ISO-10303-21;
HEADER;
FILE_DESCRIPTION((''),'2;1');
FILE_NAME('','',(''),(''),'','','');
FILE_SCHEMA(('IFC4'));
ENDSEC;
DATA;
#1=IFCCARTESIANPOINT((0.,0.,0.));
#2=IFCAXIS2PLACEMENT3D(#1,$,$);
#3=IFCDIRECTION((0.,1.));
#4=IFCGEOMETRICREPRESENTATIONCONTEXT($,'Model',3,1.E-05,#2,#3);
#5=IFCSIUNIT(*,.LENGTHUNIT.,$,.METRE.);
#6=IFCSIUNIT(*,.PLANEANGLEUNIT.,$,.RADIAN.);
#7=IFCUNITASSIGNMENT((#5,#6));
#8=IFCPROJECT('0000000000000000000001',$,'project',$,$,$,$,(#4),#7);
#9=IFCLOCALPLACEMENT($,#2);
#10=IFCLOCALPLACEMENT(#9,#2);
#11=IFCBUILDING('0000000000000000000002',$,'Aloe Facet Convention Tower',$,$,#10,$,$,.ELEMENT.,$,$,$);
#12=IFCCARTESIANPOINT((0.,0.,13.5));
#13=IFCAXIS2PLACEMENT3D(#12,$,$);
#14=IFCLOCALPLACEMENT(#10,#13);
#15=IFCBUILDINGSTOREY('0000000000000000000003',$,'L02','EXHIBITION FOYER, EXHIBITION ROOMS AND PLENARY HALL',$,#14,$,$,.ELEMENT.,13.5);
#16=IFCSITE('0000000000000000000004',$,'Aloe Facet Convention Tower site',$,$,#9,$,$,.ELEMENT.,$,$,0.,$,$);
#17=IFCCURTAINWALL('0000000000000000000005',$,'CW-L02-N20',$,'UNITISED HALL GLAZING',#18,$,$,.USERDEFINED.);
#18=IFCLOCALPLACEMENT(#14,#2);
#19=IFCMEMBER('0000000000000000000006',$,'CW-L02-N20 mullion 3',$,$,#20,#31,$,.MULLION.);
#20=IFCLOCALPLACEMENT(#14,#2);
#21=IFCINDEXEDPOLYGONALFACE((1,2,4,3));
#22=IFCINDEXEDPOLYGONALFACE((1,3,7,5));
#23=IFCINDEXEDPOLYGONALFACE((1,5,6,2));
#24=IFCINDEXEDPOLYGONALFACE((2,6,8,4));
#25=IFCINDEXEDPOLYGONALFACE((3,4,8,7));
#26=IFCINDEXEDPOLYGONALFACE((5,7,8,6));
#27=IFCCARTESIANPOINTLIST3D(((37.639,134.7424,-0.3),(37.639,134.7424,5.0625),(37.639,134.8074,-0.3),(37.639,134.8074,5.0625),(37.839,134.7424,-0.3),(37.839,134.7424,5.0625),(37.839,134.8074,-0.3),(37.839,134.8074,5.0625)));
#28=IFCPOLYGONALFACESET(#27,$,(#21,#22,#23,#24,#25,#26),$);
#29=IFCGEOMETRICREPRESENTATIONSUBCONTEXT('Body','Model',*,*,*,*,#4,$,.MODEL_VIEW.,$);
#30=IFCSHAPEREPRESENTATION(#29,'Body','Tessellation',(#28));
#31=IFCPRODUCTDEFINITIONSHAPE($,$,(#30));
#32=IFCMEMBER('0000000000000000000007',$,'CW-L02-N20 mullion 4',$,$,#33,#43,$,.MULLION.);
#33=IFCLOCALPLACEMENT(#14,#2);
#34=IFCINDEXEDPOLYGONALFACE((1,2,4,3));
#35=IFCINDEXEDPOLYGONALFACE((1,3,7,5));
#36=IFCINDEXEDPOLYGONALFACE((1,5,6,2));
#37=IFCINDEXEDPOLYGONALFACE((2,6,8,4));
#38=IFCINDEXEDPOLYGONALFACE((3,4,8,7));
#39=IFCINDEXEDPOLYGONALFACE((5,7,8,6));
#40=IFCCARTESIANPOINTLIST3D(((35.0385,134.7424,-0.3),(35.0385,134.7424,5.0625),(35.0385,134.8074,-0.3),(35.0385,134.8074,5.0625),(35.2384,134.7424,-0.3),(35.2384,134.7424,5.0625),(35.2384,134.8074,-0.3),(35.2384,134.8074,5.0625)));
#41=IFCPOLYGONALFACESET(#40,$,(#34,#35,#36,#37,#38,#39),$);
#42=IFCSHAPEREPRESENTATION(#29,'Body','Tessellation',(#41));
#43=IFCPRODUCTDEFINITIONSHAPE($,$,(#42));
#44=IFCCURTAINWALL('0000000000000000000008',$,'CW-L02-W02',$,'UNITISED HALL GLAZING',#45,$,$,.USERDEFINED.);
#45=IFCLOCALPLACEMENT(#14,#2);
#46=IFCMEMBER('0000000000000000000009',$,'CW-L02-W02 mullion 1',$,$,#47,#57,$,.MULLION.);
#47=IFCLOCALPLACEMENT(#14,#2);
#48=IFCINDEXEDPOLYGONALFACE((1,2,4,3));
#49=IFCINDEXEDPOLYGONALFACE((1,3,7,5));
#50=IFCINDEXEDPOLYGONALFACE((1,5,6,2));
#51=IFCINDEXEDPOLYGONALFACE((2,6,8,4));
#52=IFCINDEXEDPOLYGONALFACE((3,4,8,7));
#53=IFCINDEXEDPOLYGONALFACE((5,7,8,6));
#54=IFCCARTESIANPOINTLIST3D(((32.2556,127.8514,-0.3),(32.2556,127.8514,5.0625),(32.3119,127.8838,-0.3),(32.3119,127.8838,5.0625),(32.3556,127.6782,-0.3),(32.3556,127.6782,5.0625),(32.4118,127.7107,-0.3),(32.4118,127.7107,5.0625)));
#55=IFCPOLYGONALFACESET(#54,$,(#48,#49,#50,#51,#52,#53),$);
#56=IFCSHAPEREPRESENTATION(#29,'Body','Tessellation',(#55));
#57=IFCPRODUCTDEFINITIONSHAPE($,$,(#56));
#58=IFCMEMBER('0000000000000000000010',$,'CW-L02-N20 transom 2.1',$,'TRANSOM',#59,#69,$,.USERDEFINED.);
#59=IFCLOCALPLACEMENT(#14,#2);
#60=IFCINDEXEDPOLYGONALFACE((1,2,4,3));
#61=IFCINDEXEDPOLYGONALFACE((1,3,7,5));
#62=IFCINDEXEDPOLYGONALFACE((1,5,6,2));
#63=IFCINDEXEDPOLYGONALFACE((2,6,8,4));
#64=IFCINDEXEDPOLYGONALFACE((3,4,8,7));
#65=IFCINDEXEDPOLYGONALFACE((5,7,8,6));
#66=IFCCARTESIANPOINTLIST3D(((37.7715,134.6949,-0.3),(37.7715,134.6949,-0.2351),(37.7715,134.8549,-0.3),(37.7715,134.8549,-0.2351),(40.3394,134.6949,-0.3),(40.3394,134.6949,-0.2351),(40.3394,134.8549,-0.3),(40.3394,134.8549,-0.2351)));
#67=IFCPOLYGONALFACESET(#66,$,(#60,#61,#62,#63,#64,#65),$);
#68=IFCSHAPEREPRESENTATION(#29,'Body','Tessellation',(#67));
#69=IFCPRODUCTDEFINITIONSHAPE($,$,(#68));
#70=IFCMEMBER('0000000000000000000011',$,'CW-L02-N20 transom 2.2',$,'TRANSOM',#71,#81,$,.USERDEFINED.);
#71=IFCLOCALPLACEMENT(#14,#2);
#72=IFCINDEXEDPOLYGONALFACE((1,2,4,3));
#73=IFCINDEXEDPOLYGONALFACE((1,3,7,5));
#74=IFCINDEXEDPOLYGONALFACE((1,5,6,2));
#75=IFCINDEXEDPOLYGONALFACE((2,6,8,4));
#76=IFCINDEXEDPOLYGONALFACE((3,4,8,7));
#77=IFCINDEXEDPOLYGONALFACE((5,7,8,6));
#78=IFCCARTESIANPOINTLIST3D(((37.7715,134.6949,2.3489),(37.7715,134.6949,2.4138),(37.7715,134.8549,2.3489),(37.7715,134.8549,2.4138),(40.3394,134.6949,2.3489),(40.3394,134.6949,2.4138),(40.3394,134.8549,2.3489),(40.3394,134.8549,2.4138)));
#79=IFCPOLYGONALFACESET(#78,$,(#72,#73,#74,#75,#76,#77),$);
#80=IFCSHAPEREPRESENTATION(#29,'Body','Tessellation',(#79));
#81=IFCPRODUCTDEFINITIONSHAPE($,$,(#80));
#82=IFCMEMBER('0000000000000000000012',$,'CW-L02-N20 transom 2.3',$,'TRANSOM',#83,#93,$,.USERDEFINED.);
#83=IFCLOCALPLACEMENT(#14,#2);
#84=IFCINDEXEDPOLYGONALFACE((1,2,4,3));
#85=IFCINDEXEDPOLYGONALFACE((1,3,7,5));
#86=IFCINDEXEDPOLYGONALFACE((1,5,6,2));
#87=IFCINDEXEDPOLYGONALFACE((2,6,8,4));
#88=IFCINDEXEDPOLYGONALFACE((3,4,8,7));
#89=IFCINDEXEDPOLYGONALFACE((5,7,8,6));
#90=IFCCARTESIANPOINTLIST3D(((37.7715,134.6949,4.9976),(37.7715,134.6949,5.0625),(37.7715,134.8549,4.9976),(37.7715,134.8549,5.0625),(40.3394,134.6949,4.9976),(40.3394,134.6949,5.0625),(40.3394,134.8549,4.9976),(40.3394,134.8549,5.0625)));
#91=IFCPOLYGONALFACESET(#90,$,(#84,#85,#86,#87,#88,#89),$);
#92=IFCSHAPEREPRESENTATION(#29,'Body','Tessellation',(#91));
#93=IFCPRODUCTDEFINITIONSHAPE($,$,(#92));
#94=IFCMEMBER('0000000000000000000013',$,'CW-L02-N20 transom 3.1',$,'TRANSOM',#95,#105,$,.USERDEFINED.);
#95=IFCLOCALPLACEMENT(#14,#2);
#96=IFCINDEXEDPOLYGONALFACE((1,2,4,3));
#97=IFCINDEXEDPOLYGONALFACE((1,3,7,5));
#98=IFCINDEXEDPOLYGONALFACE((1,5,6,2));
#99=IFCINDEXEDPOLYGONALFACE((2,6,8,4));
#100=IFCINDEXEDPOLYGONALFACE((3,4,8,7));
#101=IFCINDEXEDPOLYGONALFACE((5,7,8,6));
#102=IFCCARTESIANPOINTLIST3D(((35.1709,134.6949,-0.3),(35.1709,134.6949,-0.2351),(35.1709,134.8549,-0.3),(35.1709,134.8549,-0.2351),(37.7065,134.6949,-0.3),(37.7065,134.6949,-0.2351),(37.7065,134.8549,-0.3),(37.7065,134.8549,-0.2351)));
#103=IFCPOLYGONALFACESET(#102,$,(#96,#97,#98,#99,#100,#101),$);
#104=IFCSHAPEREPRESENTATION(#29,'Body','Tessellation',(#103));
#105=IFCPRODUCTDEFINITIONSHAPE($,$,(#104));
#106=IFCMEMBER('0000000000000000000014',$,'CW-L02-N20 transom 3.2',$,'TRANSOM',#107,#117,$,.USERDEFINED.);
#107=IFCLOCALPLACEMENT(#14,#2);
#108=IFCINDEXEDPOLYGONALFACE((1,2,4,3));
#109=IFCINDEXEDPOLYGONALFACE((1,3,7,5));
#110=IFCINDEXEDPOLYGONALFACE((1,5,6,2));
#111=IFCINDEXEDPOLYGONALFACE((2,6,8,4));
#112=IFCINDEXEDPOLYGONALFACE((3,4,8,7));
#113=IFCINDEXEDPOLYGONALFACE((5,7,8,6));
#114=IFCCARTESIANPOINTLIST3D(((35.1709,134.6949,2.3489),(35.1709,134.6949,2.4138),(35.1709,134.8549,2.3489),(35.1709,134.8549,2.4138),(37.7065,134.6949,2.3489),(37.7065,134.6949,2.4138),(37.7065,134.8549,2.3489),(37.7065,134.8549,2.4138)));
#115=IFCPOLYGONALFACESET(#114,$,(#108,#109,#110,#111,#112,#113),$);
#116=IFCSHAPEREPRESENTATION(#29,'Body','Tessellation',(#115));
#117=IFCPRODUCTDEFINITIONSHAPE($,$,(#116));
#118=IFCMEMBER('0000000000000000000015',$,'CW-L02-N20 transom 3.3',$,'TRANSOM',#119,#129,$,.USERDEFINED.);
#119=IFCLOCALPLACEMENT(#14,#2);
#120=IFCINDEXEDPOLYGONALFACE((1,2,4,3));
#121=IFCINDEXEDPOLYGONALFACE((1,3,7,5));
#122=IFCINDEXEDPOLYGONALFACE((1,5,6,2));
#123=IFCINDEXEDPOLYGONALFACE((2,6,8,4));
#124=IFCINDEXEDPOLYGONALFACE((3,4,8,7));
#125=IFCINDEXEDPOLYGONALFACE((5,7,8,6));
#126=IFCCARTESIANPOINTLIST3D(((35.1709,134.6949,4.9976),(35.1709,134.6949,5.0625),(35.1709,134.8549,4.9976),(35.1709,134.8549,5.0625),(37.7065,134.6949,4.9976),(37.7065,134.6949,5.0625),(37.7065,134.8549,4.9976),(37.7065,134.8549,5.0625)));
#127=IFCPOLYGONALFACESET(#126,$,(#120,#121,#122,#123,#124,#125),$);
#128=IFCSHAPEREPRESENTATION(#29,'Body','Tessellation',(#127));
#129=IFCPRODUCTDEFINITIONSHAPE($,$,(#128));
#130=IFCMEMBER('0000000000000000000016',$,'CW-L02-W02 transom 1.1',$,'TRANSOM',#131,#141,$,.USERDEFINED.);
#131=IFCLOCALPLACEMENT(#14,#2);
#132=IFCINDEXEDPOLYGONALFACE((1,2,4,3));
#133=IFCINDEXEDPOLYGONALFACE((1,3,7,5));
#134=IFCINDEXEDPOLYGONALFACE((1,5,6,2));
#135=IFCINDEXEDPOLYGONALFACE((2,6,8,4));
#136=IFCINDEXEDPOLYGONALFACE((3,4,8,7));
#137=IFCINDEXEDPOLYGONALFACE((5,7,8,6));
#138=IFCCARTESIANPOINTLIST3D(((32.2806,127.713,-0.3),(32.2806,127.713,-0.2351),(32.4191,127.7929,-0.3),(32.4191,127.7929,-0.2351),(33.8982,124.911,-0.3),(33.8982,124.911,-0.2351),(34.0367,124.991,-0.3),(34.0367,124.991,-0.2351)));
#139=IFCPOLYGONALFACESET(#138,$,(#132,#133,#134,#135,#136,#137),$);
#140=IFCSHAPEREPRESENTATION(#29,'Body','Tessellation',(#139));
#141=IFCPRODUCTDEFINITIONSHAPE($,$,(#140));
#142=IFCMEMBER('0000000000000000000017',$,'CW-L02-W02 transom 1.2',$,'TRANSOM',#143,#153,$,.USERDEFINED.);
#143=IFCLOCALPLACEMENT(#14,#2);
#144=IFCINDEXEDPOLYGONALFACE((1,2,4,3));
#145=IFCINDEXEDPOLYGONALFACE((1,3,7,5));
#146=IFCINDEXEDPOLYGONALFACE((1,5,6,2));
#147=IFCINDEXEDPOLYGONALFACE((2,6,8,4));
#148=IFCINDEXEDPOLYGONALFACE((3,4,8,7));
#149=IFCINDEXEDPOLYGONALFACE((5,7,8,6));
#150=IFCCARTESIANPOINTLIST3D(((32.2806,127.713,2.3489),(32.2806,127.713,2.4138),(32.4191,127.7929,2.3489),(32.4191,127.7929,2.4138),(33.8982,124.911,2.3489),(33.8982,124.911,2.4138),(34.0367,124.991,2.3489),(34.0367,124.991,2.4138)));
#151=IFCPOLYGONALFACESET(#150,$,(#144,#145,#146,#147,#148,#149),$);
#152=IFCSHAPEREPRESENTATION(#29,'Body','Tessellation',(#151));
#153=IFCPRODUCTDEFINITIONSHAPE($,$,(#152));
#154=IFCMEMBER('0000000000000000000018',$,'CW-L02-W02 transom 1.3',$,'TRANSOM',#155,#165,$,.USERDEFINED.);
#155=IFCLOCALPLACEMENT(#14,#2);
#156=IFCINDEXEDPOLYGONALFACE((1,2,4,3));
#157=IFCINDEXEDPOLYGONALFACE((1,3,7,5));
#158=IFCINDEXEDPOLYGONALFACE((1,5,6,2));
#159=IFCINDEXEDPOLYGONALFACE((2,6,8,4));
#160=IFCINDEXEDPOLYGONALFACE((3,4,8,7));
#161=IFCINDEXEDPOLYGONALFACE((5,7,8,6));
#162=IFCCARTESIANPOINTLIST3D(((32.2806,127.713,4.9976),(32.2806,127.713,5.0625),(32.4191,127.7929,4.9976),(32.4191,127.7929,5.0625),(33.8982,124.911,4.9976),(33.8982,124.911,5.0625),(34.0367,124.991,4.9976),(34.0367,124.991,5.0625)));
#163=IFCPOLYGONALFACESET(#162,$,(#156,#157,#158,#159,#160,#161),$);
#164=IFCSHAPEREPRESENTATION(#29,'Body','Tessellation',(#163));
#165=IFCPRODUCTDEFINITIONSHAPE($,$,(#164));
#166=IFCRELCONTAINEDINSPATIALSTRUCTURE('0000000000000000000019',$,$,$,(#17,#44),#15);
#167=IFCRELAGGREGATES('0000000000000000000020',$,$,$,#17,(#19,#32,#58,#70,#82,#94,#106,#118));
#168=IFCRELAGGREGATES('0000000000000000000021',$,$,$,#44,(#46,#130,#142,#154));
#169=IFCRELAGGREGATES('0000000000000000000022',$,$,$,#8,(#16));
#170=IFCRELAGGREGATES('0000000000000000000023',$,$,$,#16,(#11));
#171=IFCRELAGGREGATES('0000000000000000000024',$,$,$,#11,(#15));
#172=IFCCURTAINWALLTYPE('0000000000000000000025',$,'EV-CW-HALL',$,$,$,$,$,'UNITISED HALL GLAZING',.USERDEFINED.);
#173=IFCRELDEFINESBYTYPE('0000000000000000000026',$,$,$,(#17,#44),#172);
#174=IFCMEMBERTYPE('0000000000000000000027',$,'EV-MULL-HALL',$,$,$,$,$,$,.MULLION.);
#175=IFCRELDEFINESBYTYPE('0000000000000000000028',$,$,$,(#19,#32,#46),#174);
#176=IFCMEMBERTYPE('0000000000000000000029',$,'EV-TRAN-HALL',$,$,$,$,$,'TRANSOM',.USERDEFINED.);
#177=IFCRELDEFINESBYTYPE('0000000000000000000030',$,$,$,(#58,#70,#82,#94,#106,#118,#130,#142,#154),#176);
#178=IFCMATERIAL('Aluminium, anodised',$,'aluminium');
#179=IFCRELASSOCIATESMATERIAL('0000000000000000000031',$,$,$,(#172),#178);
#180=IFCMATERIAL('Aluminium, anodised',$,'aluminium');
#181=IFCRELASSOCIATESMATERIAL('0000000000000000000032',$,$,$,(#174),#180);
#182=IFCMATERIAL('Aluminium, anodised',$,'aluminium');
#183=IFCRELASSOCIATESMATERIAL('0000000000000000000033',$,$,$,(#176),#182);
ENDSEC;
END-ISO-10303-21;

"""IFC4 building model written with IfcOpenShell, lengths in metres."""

from ifc_helpers import new_model, si_unit, direction, frame, origin, origin_2d, place, context, subcontext, project, spatial, rectangle, extrude, material, material_profile, profile_set, type_object, element, aggregate, save


model = new_model("IFC4")

# Units and contexts
model_context = context("Model", 3, precision=1e-05, world=origin(), true_north=direction((0.0, 1.0)))
body_context = subcontext(model_context, "Body", "Model", "MODEL_VIEW")
ifc_project = project(units=[si_unit("LENGTHUNIT", "METRE"), si_unit("PLANEANGLEUNIT", "RADIAN")], contexts=[model_context])

# Site, building, storey
site_placement = place(None, origin())
site = spatial("IfcSite", under=ifc_project, at=site_placement, Name="Aloe Facet Convention Tower site", CompositionType="ELEMENT", RefElevation=0.0)
building_placement = place(site_placement, origin())
building = spatial("IfcBuilding", under=site, at=building_placement, Name="Aloe Facet Convention Tower", CompositionType="ELEMENT")
storey_placement = place(building_placement, frame((0.0, 0.0, 13.5)))
storey = spatial("IfcBuildingStorey", under=building, at=storey_placement, Name="L02", Description="EXHIBITION FOYER, EXHIBITION ROOMS AND PLENARY HALL", CompositionType="ELEMENT", Elevation=13.5)

# Curtain wall, members
ifc_material_1 = material(Name="Aluminium, anodised", Category="aluminium")
curtain_wall_type = type_object("IfcCurtainWallType", Name="EV-CW-HALL", ElementType="UNITISED HALL GLAZING", PredefinedType="USERDEFINED", material=ifc_material_1)
curtain_wall_1_placement = place(storey_placement, origin())
curtain_wall_1 = element("IfcCurtainWall", 1, at=curtain_wall_1_placement, inside=storey, type_object=curtain_wall_type, Name="CW-L02-N20", ObjectType="UNITISED HALL GLAZING", PredefinedType="USERDEFINED")
ifc_material_2 = material(Name="Aluminium, anodised", Category="aluminium")
ifc_material_profile_1 = material_profile(ifc_material_2, rectangle(XDim=0.0649, YDim=0.2, at=origin_2d()), Name="AL 65x200")
ifc_profile_set_1 = profile_set([ifc_material_profile_1], Name="Aluminium, anodised")
member_type_1 = type_object("IfcMemberType", Name="EV-MULL-HALL", PredefinedType="MULLION", material=ifc_profile_set_1)
member_1_placement = place(storey_placement, frame((37.739, 134.7749, -0.3), z_axis=(0.0, 0.0, 1.0), x_axis=(0.0, -1.0, 0.0)))
member_1 = element("IfcMember", 2, at=member_1_placement, type_object=member_type_1, Name="CW-L02-N20 mullion 3", PredefinedType="MULLION", context=body_context, shape_type="SweptSolid", body=[
    extrude(rectangle(XDim=0.0649, YDim=0.2, at=origin_2d()), origin(), (0.0, 0.0, 1.0), 5.3625),
])
member_2_placement = place(storey_placement, frame((35.1384, 134.7749, -0.3), z_axis=(0.0, 0.0, 1.0), x_axis=(0.0, -1.0, 0.0)))
member_2 = element("IfcMember", 3, at=member_2_placement, type_object=member_type_1, Name="CW-L02-N20 mullion 4", PredefinedType="MULLION", context=body_context, shape_type="SweptSolid", body=[
    extrude(rectangle(XDim=0.0649, YDim=0.2, at=origin_2d()), origin(), (0.0, 0.0, 1.0), 5.3625),
])

# Curtain wall, member
curtain_wall_2_placement = place(storey_placement, origin())
curtain_wall_2 = element("IfcCurtainWall", 4, at=curtain_wall_2_placement, inside=storey, type_object=curtain_wall_type, Name="CW-L02-W02", ObjectType="UNITISED HALL GLAZING", PredefinedType="USERDEFINED")
member_3_placement = place(storey_placement, frame((32.3337, 127.781, -0.3), z_axis=(0.0, 0.0, 1.0), x_axis=(0.866025, 0.5, 0.0)))
member_3 = element("IfcMember", 5, at=member_3_placement, type_object=member_type_1, Name="CW-L02-W02 mullion 1", PredefinedType="MULLION", context=body_context, shape_type="SweptSolid", body=[
    extrude(rectangle(XDim=0.0649, YDim=0.2, at=origin_2d()), origin(), (0.0, 0.0, 1.0), 5.3625),
])

# Members
ifc_material_3 = material(Name="Aluminium, anodised", Category="aluminium")
ifc_material_profile_2 = material_profile(ifc_material_3, rectangle(XDim=0.1599, YDim=0.0649, at=origin_2d()), Name="AL 160x65")
ifc_profile_set_2 = profile_set([ifc_material_profile_2], Name="Aluminium, anodised")
member_type_2 = type_object("IfcMemberType", Name="EV-TRAN-HALL", ElementType="TRANSOM", PredefinedType="USERDEFINED", material=ifc_profile_set_2)
member_4_placement = place(storey_placement, frame((40.3394, 134.7749, -0.2676), z_axis=(-1.0, 0.0, 0.0), x_axis=(0.0, -1.0, 0.0)))
member_4 = element("IfcMember", 6, at=member_4_placement, type_object=member_type_2, Name="CW-L02-N20 transom 2.1", ObjectType="TRANSOM", PredefinedType="USERDEFINED", context=body_context, shape_type="SweptSolid", body=[
    extrude(rectangle(XDim=0.1599, YDim=0.0649, at=origin_2d()), origin(), (0.0, 0.0, 1.0), 2.5679),
])
member_5_placement = place(storey_placement, frame((40.3394, 134.7749, 2.3813), z_axis=(-1.0, 0.0, 0.0), x_axis=(0.0, -1.0, 0.0)))
member_5 = element("IfcMember", 7, at=member_5_placement, type_object=member_type_2, Name="CW-L02-N20 transom 2.2", ObjectType="TRANSOM", PredefinedType="USERDEFINED", context=body_context, shape_type="SweptSolid", body=[
    extrude(rectangle(XDim=0.1599, YDim=0.0649, at=origin_2d()), origin(), (0.0, 0.0, 1.0), 2.5679),
])
member_6_placement = place(storey_placement, frame((40.3394, 134.7749, 5.03), z_axis=(-1.0, 0.0, 0.0), x_axis=(0.0, -1.0, 0.0)))
member_6 = element("IfcMember", 8, at=member_6_placement, type_object=member_type_2, Name="CW-L02-N20 transom 2.3", ObjectType="TRANSOM", PredefinedType="USERDEFINED", context=body_context, shape_type="SweptSolid", body=[
    extrude(rectangle(XDim=0.1599, YDim=0.0649, at=origin_2d()), origin(), (0.0, 0.0, 1.0), 2.5679),
])
member_7_placement = place(storey_placement, frame((37.7065, 134.7749, -0.2676), z_axis=(-1.0, 0.0, 0.0), x_axis=(0.0, -1.0, 0.0)))
member_7 = element("IfcMember", 9, at=member_7_placement, type_object=member_type_2, Name="CW-L02-N20 transom 3.1", ObjectType="TRANSOM", PredefinedType="USERDEFINED", context=body_context, shape_type="SweptSolid", body=[
    extrude(rectangle(XDim=0.1599, YDim=0.0649, at=origin_2d()), origin(), (0.0, 0.0, 1.0), 2.5356),
])
member_8_placement = place(storey_placement, frame((37.7065, 134.7749, 2.3813), z_axis=(-1.0, 0.0, 0.0), x_axis=(0.0, -1.0, 0.0)))
member_8 = element("IfcMember", 10, at=member_8_placement, type_object=member_type_2, Name="CW-L02-N20 transom 3.2", ObjectType="TRANSOM", PredefinedType="USERDEFINED", context=body_context, shape_type="SweptSolid", body=[
    extrude(rectangle(XDim=0.1599, YDim=0.0649, at=origin_2d()), origin(), (0.0, 0.0, 1.0), 2.5356),
])
member_9_placement = place(storey_placement, frame((37.7065, 134.7749, 5.03), z_axis=(-1.0, 0.0, 0.0), x_axis=(0.0, -1.0, 0.0)))
member_9 = element("IfcMember", 11, at=member_9_placement, type_object=member_type_2, Name="CW-L02-N20 transom 3.3", ObjectType="TRANSOM", PredefinedType="USERDEFINED", context=body_context, shape_type="SweptSolid", body=[
    extrude(rectangle(XDim=0.1599, YDim=0.0649, at=origin_2d()), origin(), (0.0, 0.0, 1.0), 2.5356),
])
member_10_placement = place(storey_placement, frame((32.3499, 127.7529, -0.2676), z_axis=(0.499986, -0.866034, 0.0), x_axis=(0.866034, 0.499986, 0.0)))
member_10 = element("IfcMember", 12, at=member_10_placement, type_object=member_type_2, Name="CW-L02-W02 transom 1.1", ObjectType="TRANSOM", PredefinedType="USERDEFINED", context=body_context, shape_type="SweptSolid", body=[
    extrude(rectangle(XDim=0.1599, YDim=0.0649, at=origin_2d()), origin(), (0.0, 0.0, 1.0), 3.2354),
])
member_11_placement = place(storey_placement, frame((32.3499, 127.7529, 2.3813), z_axis=(0.499986, -0.866034, 0.0), x_axis=(0.866034, 0.499986, 0.0)))
member_11 = element("IfcMember", 13, at=member_11_placement, type_object=member_type_2, Name="CW-L02-W02 transom 1.2", ObjectType="TRANSOM", PredefinedType="USERDEFINED", context=body_context, shape_type="SweptSolid", body=[
    extrude(rectangle(XDim=0.1599, YDim=0.0649, at=origin_2d()), origin(), (0.0, 0.0, 1.0), 3.2354),
])
member_12_placement = place(storey_placement, frame((32.3499, 127.7529, 5.03), z_axis=(0.499986, -0.866034, 0.0), x_axis=(0.866034, 0.499986, 0.0)))
member_12 = element("IfcMember", 14, at=member_12_placement, type_object=member_type_2, Name="CW-L02-W02 transom 1.3", ObjectType="TRANSOM", PredefinedType="USERDEFINED", context=body_context, shape_type="SweptSolid", body=[
    extrude(rectangle(XDim=0.1599, YDim=0.0649, at=origin_2d()), origin(), (0.0, 0.0, 1.0), 3.2354),
])

aggregate(curtain_wall_1, [member_1, member_2, member_4, member_5, member_6, member_7, member_8, member_9])
aggregate(curtain_wall_2, [member_3, member_10, member_11, member_12])

save(model, "model.ifc")
